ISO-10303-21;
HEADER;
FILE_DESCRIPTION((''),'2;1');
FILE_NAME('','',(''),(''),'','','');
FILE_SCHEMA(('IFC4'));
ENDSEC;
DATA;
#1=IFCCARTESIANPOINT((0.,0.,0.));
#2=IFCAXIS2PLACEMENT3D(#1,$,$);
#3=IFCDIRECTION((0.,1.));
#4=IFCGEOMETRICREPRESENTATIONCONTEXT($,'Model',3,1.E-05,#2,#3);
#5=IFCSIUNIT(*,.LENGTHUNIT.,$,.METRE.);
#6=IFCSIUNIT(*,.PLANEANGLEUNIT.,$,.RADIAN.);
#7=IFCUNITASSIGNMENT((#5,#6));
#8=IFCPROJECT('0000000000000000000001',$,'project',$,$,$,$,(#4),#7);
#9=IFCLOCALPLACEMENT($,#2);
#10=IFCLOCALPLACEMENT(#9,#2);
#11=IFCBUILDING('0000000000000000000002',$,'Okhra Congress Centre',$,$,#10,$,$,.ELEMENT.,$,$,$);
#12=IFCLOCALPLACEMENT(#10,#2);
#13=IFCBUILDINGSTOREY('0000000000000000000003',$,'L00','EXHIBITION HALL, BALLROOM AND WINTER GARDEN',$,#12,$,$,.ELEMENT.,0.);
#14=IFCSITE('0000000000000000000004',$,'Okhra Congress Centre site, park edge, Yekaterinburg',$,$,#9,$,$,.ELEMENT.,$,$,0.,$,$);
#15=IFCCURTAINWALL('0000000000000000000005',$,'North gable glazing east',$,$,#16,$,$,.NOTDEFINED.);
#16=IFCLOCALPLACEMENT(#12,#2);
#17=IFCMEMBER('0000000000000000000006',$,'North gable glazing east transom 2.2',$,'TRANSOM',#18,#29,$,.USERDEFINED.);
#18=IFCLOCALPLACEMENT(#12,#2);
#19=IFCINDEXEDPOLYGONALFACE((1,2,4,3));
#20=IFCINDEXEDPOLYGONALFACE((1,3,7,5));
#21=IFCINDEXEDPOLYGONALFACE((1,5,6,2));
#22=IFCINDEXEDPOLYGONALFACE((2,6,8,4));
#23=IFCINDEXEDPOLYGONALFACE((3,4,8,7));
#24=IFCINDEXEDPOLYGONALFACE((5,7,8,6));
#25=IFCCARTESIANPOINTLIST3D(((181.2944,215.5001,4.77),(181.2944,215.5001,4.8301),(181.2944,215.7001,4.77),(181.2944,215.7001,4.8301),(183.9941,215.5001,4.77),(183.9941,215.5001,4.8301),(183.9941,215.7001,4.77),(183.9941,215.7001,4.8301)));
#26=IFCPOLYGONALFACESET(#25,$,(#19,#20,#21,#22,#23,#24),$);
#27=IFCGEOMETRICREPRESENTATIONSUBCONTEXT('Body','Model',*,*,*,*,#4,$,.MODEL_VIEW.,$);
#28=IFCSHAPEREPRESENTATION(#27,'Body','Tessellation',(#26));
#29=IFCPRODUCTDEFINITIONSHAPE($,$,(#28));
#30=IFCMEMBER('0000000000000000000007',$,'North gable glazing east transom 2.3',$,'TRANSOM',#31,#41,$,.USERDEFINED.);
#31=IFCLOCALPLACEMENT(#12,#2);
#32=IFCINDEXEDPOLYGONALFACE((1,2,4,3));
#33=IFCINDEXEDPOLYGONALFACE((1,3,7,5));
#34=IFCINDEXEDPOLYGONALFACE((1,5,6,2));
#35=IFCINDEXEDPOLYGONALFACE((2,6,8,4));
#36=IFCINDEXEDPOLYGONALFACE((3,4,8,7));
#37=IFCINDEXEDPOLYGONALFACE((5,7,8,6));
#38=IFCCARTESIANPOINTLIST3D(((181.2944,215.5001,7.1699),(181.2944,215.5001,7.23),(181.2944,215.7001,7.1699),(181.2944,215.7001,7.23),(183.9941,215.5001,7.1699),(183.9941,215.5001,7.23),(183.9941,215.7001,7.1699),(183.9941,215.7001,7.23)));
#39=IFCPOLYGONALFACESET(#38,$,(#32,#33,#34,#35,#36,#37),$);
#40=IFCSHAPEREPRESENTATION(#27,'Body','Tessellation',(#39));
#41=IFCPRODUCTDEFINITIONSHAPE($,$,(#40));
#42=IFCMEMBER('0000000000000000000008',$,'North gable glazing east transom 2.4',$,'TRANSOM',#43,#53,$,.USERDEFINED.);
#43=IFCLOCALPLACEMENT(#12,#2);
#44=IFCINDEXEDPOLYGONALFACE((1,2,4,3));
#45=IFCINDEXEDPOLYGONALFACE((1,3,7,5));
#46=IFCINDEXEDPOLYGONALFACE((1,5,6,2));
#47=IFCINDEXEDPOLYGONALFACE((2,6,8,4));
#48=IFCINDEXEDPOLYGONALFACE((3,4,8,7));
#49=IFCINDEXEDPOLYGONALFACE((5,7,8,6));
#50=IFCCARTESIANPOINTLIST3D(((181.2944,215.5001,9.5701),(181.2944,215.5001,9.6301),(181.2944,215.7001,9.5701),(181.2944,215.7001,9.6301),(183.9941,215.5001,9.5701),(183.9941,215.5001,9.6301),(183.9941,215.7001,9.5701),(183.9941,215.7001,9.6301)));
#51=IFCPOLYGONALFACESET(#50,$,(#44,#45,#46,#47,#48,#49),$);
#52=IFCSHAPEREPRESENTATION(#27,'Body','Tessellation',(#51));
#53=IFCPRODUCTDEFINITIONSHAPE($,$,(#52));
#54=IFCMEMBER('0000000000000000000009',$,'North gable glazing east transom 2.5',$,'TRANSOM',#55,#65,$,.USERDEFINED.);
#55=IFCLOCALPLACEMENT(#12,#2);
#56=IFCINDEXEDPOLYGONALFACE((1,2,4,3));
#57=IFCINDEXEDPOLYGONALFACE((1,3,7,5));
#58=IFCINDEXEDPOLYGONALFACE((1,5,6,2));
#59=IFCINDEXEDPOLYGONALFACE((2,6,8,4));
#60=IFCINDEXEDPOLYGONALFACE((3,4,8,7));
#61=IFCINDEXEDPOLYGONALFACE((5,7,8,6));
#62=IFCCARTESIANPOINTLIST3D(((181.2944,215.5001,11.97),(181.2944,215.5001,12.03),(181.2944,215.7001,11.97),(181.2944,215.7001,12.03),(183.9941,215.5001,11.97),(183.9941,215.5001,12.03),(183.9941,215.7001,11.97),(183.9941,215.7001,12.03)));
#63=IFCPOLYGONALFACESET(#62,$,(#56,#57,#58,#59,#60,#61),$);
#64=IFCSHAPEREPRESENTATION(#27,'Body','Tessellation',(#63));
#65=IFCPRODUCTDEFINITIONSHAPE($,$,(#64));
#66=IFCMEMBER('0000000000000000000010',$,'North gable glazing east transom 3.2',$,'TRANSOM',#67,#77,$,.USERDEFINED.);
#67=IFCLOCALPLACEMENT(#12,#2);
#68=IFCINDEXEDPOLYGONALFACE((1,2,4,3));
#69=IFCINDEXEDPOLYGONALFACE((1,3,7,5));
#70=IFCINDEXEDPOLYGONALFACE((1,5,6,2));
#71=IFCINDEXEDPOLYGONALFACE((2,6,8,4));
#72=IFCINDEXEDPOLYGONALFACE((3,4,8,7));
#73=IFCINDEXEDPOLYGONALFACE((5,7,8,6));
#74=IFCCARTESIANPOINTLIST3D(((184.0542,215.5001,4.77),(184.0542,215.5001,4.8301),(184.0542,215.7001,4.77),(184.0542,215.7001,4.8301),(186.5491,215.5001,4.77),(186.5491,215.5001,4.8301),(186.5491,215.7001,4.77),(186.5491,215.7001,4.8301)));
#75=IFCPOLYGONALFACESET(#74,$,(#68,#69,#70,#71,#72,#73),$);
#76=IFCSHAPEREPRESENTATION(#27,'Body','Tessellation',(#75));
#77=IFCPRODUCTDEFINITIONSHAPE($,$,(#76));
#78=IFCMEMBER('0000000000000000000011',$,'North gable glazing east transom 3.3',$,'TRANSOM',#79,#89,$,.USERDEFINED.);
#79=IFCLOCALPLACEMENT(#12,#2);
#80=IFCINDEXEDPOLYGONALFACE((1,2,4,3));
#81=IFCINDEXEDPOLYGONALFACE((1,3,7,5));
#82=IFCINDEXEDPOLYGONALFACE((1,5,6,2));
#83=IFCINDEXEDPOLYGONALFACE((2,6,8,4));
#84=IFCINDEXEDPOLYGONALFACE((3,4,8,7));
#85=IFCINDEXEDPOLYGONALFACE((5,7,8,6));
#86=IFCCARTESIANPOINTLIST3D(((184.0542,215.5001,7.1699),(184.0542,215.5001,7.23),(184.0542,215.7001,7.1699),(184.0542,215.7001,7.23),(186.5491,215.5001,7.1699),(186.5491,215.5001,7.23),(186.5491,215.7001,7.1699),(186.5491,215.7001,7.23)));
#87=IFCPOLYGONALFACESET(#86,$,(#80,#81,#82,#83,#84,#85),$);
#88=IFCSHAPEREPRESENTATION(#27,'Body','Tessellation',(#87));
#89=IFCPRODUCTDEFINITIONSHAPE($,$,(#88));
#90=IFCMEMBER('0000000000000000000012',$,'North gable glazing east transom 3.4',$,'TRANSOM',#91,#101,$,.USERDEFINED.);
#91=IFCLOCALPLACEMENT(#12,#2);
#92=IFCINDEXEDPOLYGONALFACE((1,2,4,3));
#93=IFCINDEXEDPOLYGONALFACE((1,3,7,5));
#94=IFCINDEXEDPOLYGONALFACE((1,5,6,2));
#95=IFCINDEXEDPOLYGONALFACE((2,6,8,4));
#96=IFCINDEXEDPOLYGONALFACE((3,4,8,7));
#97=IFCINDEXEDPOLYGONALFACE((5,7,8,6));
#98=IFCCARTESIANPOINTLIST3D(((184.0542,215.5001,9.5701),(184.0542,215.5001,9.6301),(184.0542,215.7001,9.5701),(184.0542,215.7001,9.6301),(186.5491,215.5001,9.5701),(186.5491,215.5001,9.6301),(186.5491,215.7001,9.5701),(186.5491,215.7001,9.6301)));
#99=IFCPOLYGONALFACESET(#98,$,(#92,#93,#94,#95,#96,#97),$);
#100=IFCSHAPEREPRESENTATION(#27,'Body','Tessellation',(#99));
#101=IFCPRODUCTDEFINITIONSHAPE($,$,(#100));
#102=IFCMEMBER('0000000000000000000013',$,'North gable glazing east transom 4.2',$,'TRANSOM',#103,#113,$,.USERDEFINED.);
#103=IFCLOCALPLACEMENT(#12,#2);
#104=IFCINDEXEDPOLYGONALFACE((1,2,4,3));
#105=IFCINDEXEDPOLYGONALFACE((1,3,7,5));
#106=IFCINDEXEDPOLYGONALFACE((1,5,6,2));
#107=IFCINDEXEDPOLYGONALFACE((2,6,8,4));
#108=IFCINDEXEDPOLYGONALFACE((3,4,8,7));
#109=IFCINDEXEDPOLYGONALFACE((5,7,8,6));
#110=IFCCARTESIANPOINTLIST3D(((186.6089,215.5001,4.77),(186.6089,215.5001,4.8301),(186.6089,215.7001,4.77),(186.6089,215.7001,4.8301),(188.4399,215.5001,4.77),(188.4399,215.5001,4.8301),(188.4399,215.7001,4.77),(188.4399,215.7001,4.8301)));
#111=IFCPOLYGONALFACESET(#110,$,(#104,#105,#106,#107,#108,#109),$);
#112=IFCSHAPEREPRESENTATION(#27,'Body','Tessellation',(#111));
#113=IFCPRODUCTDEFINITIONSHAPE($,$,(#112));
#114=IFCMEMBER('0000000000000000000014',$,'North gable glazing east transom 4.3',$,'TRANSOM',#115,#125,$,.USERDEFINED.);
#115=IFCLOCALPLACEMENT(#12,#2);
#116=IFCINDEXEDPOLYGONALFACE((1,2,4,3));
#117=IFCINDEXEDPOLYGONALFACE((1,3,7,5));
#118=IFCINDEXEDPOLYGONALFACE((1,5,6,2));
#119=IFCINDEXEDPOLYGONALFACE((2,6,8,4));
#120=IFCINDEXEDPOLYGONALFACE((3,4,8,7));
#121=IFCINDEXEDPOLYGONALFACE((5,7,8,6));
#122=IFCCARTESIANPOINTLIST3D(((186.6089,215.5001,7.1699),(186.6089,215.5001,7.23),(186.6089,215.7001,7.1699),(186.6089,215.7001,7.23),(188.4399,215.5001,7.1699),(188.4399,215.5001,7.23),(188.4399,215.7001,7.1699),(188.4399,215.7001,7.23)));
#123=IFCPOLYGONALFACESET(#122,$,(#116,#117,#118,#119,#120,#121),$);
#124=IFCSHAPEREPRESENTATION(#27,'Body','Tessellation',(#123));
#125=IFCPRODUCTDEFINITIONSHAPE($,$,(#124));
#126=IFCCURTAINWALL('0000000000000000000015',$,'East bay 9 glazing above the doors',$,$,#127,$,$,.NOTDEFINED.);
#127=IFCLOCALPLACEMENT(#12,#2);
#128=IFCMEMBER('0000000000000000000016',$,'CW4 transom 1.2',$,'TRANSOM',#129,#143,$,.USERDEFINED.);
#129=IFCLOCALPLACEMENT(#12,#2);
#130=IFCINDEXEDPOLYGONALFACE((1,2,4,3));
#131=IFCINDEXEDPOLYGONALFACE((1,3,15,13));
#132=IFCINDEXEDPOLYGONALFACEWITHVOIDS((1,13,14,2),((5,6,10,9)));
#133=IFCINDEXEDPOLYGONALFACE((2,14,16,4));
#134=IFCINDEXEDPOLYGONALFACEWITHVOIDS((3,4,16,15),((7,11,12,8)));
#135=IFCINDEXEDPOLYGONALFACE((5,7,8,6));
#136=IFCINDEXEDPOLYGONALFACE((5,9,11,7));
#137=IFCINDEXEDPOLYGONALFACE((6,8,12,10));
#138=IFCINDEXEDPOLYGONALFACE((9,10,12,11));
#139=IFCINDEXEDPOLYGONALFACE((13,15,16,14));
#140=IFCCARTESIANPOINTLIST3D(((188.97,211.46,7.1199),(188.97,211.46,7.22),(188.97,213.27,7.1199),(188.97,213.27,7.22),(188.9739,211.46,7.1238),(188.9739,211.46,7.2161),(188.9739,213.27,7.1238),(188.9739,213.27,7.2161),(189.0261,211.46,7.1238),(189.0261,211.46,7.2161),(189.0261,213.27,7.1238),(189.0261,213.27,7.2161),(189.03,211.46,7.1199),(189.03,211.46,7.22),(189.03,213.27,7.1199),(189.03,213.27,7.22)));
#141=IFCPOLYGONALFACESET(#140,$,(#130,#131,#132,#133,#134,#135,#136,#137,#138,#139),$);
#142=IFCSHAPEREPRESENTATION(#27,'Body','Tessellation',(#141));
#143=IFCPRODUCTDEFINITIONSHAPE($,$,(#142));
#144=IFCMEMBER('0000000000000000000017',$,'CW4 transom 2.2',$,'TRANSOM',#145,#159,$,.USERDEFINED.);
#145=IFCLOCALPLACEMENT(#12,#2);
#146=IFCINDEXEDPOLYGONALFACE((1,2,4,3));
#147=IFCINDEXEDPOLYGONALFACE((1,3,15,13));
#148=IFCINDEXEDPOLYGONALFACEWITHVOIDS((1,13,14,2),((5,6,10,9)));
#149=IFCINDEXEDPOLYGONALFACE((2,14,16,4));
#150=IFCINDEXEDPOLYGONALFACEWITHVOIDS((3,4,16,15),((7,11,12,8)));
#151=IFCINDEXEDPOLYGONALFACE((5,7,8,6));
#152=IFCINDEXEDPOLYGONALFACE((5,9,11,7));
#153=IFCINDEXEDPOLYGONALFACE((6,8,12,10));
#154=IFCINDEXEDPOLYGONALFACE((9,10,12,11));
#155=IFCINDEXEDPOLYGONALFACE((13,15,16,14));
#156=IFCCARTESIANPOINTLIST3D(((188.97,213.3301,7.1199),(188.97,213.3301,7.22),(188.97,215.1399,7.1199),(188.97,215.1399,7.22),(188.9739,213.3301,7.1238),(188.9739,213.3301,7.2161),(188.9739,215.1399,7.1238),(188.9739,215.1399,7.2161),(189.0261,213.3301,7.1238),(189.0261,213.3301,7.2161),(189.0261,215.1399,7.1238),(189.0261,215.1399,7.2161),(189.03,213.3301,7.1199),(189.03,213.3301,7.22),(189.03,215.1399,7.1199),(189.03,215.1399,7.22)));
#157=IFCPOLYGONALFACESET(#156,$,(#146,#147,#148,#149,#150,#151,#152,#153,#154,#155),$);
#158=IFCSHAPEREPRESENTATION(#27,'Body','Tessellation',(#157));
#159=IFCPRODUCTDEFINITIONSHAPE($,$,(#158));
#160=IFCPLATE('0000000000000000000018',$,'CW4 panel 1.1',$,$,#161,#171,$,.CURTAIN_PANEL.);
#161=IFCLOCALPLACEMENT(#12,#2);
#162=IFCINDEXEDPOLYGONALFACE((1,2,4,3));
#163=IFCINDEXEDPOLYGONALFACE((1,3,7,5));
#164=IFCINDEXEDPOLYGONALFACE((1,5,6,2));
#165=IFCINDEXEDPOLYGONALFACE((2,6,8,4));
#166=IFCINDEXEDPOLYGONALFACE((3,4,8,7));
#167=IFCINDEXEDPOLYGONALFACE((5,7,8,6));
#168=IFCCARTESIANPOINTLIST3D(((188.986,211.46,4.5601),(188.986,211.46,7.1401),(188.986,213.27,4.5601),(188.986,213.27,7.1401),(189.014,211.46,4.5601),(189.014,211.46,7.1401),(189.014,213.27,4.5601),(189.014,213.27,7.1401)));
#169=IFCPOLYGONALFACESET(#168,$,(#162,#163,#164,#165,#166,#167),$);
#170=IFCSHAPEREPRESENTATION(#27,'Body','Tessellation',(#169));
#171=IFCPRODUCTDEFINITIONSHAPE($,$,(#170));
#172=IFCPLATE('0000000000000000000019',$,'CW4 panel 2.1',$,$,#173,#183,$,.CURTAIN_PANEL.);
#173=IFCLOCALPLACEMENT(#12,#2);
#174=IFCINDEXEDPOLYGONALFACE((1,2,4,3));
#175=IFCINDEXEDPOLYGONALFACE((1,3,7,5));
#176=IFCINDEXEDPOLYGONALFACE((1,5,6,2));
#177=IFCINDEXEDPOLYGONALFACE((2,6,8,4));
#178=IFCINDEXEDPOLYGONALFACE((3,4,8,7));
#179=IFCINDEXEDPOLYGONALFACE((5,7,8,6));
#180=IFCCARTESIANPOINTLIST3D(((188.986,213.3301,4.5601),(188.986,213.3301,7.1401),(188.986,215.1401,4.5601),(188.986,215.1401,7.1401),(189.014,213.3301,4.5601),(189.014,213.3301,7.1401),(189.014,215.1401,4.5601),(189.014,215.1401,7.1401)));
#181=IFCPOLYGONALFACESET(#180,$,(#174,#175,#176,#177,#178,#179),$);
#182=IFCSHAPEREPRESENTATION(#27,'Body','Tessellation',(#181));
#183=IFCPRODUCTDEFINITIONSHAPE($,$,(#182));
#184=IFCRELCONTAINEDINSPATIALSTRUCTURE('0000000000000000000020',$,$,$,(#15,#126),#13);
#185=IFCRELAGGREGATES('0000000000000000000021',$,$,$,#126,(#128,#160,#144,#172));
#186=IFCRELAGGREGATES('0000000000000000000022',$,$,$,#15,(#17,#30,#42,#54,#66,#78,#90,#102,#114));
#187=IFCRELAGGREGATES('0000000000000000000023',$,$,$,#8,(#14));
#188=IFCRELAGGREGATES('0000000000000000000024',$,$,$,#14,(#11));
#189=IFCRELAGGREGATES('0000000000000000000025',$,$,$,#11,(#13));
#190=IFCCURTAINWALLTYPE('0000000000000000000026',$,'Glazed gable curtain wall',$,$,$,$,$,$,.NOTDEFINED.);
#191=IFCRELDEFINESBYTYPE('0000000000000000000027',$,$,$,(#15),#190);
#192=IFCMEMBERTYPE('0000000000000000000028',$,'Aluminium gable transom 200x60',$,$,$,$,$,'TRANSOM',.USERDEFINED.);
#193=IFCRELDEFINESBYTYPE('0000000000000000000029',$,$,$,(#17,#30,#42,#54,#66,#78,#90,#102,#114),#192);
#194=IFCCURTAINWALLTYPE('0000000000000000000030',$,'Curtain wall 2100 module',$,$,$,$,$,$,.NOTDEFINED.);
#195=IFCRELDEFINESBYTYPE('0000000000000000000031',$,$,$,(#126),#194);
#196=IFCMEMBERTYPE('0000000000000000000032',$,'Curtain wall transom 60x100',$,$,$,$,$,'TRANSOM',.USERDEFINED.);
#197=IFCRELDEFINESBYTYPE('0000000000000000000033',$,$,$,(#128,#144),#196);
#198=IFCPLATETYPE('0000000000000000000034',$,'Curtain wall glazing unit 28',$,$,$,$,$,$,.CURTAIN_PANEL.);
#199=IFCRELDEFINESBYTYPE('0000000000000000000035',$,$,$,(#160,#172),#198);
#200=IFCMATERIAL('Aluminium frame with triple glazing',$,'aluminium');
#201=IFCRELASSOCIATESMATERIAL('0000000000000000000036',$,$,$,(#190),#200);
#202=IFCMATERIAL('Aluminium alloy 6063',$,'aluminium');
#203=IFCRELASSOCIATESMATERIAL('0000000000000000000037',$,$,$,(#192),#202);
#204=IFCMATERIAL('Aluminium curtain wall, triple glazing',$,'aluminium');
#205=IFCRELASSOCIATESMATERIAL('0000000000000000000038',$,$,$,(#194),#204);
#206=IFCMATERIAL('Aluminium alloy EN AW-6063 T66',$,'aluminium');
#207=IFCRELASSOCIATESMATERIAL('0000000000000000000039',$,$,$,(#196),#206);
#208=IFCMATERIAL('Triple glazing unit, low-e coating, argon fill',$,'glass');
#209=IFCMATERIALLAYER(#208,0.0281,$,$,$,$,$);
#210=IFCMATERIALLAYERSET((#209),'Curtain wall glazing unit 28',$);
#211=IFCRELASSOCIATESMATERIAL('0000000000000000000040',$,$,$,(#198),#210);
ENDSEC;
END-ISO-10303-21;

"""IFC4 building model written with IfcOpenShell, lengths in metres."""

from ifc_helpers import new_model, si_unit, direction, frame, origin, origin_2d, place, context, subcontext, project, spatial, rectangle, hollow_rectangle, extrude, material, layer, layer_set, material_profile, profile_set, type_object, element, aggregate, save


model = new_model("IFC4")

# Units and contexts
model_context = context("Model", 3, precision=1e-05, world=origin(), true_north=direction((0.0, 1.0)))
body_context = subcontext(model_context, "Body", "Model", "MODEL_VIEW")
ifc_project = project(units=[si_unit("LENGTHUNIT", "METRE"), si_unit("PLANEANGLEUNIT", "RADIAN")], contexts=[model_context])

# Site, building, storey
site_placement = place(None, origin())
site = spatial("IfcSite", under=ifc_project, at=site_placement, Name="Okhra Congress Centre site, park edge, Yekaterinburg", CompositionType="ELEMENT", RefElevation=0.0)
building_placement = place(site_placement, origin())
building = spatial("IfcBuilding", under=site, at=building_placement, Name="Okhra Congress Centre", CompositionType="ELEMENT")
storey_placement = place(building_placement, origin())
storey = spatial("IfcBuildingStorey", under=building, at=storey_placement, Name="L00", Description="EXHIBITION HALL, BALLROOM AND WINTER GARDEN", CompositionType="ELEMENT", Elevation=0.0)

# Curtain wall, members
ifc_material_1 = material(Name="Aluminium frame with triple glazing", Category="aluminium")
curtain_wall_type_1 = type_object("IfcCurtainWallType", Name="Glazed gable curtain wall", PredefinedType="NOTDEFINED", material=ifc_material_1)
curtain_wall_1_placement = place(storey_placement, origin())
curtain_wall_1 = element("IfcCurtainWall", 1, at=curtain_wall_1_placement, inside=storey, type_object=curtain_wall_type_1, Name="North gable glazing east", PredefinedType="NOTDEFINED")
ifc_material_2 = material(Name="Aluminium alloy 6063", Category="aluminium")
ifc_material_profile_1 = material_profile(ifc_material_2, rectangle(XDim=0.2, YDim=0.0601, at=origin_2d()), Name="AL 200x60 gable transom")
ifc_profile_set_1 = profile_set([ifc_material_profile_1], Name="Aluminium alloy 6063")
member_type_1 = type_object("IfcMemberType", Name="Aluminium gable transom 200x60", ElementType="TRANSOM", PredefinedType="USERDEFINED", material=ifc_profile_set_1)
member_1_placement = place(storey_placement, frame((181.2944, 215.6001, 4.8), z_axis=(1.0, 0.0, 0.0), x_axis=(0.0, 1.0, 0.0)))
member_1 = element("IfcMember", 2, at=member_1_placement, type_object=member_type_1, Name="North gable glazing east transom 2.2", ObjectType="TRANSOM", PredefinedType="USERDEFINED", context=body_context, shape_type="SweptSolid", body=[
    extrude(rectangle(XDim=0.2, YDim=0.0601, at=origin_2d()), origin(), (0.0, 0.0, 1.0), 2.6997),
])
member_2_placement = place(storey_placement, frame((181.2944, 215.6001, 7.2), z_axis=(1.0, 0.0, 0.0), x_axis=(0.0, 1.0, 0.0)))
member_2 = element("IfcMember", 3, at=member_2_placement, type_object=member_type_1, Name="North gable glazing east transom 2.3", ObjectType="TRANSOM", PredefinedType="USERDEFINED", context=body_context, shape_type="SweptSolid", body=[
    extrude(rectangle(XDim=0.2, YDim=0.0601, at=origin_2d()), origin(), (0.0, 0.0, 1.0), 2.6997),
])
member_3_placement = place(storey_placement, frame((181.2944, 215.6001, 9.6001), z_axis=(1.0, 0.0, 0.0), x_axis=(0.0, 1.0, 0.0)))
member_3 = element("IfcMember", 4, at=member_3_placement, type_object=member_type_1, Name="North gable glazing east transom 2.4", ObjectType="TRANSOM", PredefinedType="USERDEFINED", context=body_context, shape_type="SweptSolid", body=[
    extrude(rectangle(XDim=0.2, YDim=0.0601, at=origin_2d()), origin(), (0.0, 0.0, 1.0), 2.6997),
])
member_4_placement = place(storey_placement, frame((181.2944, 215.6001, 12.0), z_axis=(1.0, 0.0, 0.0), x_axis=(0.0, 1.0, 0.0)))
member_4 = element("IfcMember", 5, at=member_4_placement, type_object=member_type_1, Name="North gable glazing east transom 2.5", ObjectType="TRANSOM", PredefinedType="USERDEFINED", context=body_context, shape_type="SweptSolid", body=[
    extrude(rectangle(XDim=0.2, YDim=0.0601, at=origin_2d()), origin(), (0.0, 0.0, 1.0), 2.6997),
])
member_5_placement = place(storey_placement, frame((184.0542, 215.6001, 4.8), z_axis=(1.0, 0.0, 0.0), x_axis=(0.0, 1.0, 0.0)))
member_5 = element("IfcMember", 6, at=member_5_placement, type_object=member_type_1, Name="North gable glazing east transom 3.2", ObjectType="TRANSOM", PredefinedType="USERDEFINED", context=body_context, shape_type="SweptSolid", body=[
    extrude(rectangle(XDim=0.2, YDim=0.0601, at=origin_2d()), origin(), (0.0, 0.0, 1.0), 2.4949),
])
member_6_placement = place(storey_placement, frame((184.0542, 215.6001, 7.2), z_axis=(1.0, 0.0, 0.0), x_axis=(0.0, 1.0, 0.0)))
member_6 = element("IfcMember", 7, at=member_6_placement, type_object=member_type_1, Name="North gable glazing east transom 3.3", ObjectType="TRANSOM", PredefinedType="USERDEFINED", context=body_context, shape_type="SweptSolid", body=[
    extrude(rectangle(XDim=0.2, YDim=0.0601, at=origin_2d()), origin(), (0.0, 0.0, 1.0), 2.4949),
])
member_7_placement = place(storey_placement, frame((184.0542, 215.6001, 9.6001), z_axis=(1.0, 0.0, 0.0), x_axis=(0.0, 1.0, 0.0)))
member_7 = element("IfcMember", 8, at=member_7_placement, type_object=member_type_1, Name="North gable glazing east transom 3.4", ObjectType="TRANSOM", PredefinedType="USERDEFINED", context=body_context, shape_type="SweptSolid", body=[
    extrude(rectangle(XDim=0.2, YDim=0.0601, at=origin_2d()), origin(), (0.0, 0.0, 1.0), 2.4949),
])
member_8_placement = place(storey_placement, frame((186.6089, 215.6001, 4.8), z_axis=(1.0, 0.0, 0.0), x_axis=(0.0, 1.0, 0.0)))
member_8 = element("IfcMember", 9, at=member_8_placement, type_object=member_type_1, Name="North gable glazing east transom 4.2", ObjectType="TRANSOM", PredefinedType="USERDEFINED", context=body_context, shape_type="SweptSolid", body=[
    extrude(rectangle(XDim=0.2, YDim=0.0601, at=origin_2d()), origin(), (0.0, 0.0, 1.0), 1.8311),
])
member_9_placement = place(storey_placement, frame((186.6089, 215.6001, 7.2), z_axis=(1.0, 0.0, 0.0), x_axis=(0.0, 1.0, 0.0)))
member_9 = element("IfcMember", 10, at=member_9_placement, type_object=member_type_1, Name="North gable glazing east transom 4.3", ObjectType="TRANSOM", PredefinedType="USERDEFINED", context=body_context, shape_type="SweptSolid", body=[
    extrude(rectangle(XDim=0.2, YDim=0.0601, at=origin_2d()), origin(), (0.0, 0.0, 1.0), 1.8311),
])

# Curtain wall, members, plates
ifc_material_3 = material(Name="Aluminium curtain wall, triple glazing", Category="aluminium")
curtain_wall_type_2 = type_object("IfcCurtainWallType", Name="Curtain wall 2100 module", PredefinedType="NOTDEFINED", material=ifc_material_3)
curtain_wall_2_placement = place(storey_placement, origin())
curtain_wall_2 = element("IfcCurtainWall", 11, at=curtain_wall_2_placement, inside=storey, type_object=curtain_wall_type_2, Name="East bay 9 glazing above the doors", PredefinedType="NOTDEFINED")
ifc_material_4 = material(Name="Aluminium alloy EN AW-6063 T66", Category="aluminium")
ifc_material_profile_2 = material_profile(ifc_material_4, hollow_rectangle(XDim=0.0601, YDim=0.1001, WallThickness=0.0039, at=origin_2d()), Name="RHS 60x100x4")
ifc_profile_set_2 = profile_set([ifc_material_profile_2], Name="Aluminium alloy EN AW-6063 T66")
member_type_2 = type_object("IfcMemberType", Name="Curtain wall transom 60x100", ElementType="TRANSOM", PredefinedType="USERDEFINED", material=ifc_profile_set_2)
member_10_placement = place(storey_placement, frame((189.0, 211.46, 7.1699), z_axis=(0.0, 1.0, 0.0), x_axis=(-1.0, 0.0, 0.0)))
member_10 = element("IfcMember", 12, at=member_10_placement, type_object=member_type_2, Name="CW4 transom 1.2", ObjectType="TRANSOM", PredefinedType="USERDEFINED", context=body_context, shape_type="SweptSolid", body=[
    extrude(hollow_rectangle(XDim=0.0601, YDim=0.1001, WallThickness=0.0039, at=origin_2d()), origin(), (0.0, 0.0, 1.0), 1.8101),
])
member_11_placement = place(storey_placement, frame((189.0, 213.3301, 7.1699), z_axis=(0.0, 1.0, 0.0), x_axis=(-1.0, 0.0, 0.0)))
member_11 = element("IfcMember", 13, at=member_11_placement, type_object=member_type_2, Name="CW4 transom 2.2", ObjectType="TRANSOM", PredefinedType="USERDEFINED", context=body_context, shape_type="SweptSolid", body=[
    extrude(hollow_rectangle(XDim=0.0601, YDim=0.1001, WallThickness=0.0039, at=origin_2d()), origin(), (0.0, 0.0, 1.0), 1.8098),
])
ifc_material_5 = material(Name="Triple glazing unit, low-e coating, argon fill", Category="glass")
ifc_layer_1 = layer(ifc_material_5, 0.0281)
ifc_layer_set_1 = layer_set([ifc_layer_1], Name="Curtain wall glazing unit 28")
plate_type_1 = type_object("IfcPlateType", Name="Curtain wall glazing unit 28", PredefinedType="CURTAIN_PANEL", material=ifc_layer_set_1)
plate_1_placement = place(storey_placement, frame((189.0, 212.365, 4.5601), z_axis=(0.0, 0.0, 1.0), x_axis=(0.0, 1.0, 0.0)))
plate_1 = element("IfcPlate", 14, at=plate_1_placement, type_object=plate_type_1, Name="CW4 panel 1.1", PredefinedType="CURTAIN_PANEL", context=body_context, shape_type="SweptSolid", body=[
    extrude(rectangle(XDim=1.8101, YDim=0.0281, at=origin_2d()), origin(), (0.0, 0.0, 1.0), 2.5801),
])
plate_2_placement = place(storey_placement, frame((189.0, 214.2351, 4.5601), z_axis=(0.0, 0.0, 1.0), x_axis=(0.0, 1.0, 0.0)))
plate_2 = element("IfcPlate", 15, at=plate_2_placement, type_object=plate_type_1, Name="CW4 panel 2.1", PredefinedType="CURTAIN_PANEL", context=body_context, shape_type="SweptSolid", body=[
    extrude(rectangle(XDim=1.8101, YDim=0.0281, at=origin_2d()), origin(), (0.0, 0.0, 1.0), 2.5801),
])
aggregate(curtain_wall_2, [member_10, plate_1, member_11, plate_2])

aggregate(curtain_wall_1, [member_1, member_2, member_3, member_4, member_5, member_6, member_7, member_8, member_9])

save(model, "model.ifc")
